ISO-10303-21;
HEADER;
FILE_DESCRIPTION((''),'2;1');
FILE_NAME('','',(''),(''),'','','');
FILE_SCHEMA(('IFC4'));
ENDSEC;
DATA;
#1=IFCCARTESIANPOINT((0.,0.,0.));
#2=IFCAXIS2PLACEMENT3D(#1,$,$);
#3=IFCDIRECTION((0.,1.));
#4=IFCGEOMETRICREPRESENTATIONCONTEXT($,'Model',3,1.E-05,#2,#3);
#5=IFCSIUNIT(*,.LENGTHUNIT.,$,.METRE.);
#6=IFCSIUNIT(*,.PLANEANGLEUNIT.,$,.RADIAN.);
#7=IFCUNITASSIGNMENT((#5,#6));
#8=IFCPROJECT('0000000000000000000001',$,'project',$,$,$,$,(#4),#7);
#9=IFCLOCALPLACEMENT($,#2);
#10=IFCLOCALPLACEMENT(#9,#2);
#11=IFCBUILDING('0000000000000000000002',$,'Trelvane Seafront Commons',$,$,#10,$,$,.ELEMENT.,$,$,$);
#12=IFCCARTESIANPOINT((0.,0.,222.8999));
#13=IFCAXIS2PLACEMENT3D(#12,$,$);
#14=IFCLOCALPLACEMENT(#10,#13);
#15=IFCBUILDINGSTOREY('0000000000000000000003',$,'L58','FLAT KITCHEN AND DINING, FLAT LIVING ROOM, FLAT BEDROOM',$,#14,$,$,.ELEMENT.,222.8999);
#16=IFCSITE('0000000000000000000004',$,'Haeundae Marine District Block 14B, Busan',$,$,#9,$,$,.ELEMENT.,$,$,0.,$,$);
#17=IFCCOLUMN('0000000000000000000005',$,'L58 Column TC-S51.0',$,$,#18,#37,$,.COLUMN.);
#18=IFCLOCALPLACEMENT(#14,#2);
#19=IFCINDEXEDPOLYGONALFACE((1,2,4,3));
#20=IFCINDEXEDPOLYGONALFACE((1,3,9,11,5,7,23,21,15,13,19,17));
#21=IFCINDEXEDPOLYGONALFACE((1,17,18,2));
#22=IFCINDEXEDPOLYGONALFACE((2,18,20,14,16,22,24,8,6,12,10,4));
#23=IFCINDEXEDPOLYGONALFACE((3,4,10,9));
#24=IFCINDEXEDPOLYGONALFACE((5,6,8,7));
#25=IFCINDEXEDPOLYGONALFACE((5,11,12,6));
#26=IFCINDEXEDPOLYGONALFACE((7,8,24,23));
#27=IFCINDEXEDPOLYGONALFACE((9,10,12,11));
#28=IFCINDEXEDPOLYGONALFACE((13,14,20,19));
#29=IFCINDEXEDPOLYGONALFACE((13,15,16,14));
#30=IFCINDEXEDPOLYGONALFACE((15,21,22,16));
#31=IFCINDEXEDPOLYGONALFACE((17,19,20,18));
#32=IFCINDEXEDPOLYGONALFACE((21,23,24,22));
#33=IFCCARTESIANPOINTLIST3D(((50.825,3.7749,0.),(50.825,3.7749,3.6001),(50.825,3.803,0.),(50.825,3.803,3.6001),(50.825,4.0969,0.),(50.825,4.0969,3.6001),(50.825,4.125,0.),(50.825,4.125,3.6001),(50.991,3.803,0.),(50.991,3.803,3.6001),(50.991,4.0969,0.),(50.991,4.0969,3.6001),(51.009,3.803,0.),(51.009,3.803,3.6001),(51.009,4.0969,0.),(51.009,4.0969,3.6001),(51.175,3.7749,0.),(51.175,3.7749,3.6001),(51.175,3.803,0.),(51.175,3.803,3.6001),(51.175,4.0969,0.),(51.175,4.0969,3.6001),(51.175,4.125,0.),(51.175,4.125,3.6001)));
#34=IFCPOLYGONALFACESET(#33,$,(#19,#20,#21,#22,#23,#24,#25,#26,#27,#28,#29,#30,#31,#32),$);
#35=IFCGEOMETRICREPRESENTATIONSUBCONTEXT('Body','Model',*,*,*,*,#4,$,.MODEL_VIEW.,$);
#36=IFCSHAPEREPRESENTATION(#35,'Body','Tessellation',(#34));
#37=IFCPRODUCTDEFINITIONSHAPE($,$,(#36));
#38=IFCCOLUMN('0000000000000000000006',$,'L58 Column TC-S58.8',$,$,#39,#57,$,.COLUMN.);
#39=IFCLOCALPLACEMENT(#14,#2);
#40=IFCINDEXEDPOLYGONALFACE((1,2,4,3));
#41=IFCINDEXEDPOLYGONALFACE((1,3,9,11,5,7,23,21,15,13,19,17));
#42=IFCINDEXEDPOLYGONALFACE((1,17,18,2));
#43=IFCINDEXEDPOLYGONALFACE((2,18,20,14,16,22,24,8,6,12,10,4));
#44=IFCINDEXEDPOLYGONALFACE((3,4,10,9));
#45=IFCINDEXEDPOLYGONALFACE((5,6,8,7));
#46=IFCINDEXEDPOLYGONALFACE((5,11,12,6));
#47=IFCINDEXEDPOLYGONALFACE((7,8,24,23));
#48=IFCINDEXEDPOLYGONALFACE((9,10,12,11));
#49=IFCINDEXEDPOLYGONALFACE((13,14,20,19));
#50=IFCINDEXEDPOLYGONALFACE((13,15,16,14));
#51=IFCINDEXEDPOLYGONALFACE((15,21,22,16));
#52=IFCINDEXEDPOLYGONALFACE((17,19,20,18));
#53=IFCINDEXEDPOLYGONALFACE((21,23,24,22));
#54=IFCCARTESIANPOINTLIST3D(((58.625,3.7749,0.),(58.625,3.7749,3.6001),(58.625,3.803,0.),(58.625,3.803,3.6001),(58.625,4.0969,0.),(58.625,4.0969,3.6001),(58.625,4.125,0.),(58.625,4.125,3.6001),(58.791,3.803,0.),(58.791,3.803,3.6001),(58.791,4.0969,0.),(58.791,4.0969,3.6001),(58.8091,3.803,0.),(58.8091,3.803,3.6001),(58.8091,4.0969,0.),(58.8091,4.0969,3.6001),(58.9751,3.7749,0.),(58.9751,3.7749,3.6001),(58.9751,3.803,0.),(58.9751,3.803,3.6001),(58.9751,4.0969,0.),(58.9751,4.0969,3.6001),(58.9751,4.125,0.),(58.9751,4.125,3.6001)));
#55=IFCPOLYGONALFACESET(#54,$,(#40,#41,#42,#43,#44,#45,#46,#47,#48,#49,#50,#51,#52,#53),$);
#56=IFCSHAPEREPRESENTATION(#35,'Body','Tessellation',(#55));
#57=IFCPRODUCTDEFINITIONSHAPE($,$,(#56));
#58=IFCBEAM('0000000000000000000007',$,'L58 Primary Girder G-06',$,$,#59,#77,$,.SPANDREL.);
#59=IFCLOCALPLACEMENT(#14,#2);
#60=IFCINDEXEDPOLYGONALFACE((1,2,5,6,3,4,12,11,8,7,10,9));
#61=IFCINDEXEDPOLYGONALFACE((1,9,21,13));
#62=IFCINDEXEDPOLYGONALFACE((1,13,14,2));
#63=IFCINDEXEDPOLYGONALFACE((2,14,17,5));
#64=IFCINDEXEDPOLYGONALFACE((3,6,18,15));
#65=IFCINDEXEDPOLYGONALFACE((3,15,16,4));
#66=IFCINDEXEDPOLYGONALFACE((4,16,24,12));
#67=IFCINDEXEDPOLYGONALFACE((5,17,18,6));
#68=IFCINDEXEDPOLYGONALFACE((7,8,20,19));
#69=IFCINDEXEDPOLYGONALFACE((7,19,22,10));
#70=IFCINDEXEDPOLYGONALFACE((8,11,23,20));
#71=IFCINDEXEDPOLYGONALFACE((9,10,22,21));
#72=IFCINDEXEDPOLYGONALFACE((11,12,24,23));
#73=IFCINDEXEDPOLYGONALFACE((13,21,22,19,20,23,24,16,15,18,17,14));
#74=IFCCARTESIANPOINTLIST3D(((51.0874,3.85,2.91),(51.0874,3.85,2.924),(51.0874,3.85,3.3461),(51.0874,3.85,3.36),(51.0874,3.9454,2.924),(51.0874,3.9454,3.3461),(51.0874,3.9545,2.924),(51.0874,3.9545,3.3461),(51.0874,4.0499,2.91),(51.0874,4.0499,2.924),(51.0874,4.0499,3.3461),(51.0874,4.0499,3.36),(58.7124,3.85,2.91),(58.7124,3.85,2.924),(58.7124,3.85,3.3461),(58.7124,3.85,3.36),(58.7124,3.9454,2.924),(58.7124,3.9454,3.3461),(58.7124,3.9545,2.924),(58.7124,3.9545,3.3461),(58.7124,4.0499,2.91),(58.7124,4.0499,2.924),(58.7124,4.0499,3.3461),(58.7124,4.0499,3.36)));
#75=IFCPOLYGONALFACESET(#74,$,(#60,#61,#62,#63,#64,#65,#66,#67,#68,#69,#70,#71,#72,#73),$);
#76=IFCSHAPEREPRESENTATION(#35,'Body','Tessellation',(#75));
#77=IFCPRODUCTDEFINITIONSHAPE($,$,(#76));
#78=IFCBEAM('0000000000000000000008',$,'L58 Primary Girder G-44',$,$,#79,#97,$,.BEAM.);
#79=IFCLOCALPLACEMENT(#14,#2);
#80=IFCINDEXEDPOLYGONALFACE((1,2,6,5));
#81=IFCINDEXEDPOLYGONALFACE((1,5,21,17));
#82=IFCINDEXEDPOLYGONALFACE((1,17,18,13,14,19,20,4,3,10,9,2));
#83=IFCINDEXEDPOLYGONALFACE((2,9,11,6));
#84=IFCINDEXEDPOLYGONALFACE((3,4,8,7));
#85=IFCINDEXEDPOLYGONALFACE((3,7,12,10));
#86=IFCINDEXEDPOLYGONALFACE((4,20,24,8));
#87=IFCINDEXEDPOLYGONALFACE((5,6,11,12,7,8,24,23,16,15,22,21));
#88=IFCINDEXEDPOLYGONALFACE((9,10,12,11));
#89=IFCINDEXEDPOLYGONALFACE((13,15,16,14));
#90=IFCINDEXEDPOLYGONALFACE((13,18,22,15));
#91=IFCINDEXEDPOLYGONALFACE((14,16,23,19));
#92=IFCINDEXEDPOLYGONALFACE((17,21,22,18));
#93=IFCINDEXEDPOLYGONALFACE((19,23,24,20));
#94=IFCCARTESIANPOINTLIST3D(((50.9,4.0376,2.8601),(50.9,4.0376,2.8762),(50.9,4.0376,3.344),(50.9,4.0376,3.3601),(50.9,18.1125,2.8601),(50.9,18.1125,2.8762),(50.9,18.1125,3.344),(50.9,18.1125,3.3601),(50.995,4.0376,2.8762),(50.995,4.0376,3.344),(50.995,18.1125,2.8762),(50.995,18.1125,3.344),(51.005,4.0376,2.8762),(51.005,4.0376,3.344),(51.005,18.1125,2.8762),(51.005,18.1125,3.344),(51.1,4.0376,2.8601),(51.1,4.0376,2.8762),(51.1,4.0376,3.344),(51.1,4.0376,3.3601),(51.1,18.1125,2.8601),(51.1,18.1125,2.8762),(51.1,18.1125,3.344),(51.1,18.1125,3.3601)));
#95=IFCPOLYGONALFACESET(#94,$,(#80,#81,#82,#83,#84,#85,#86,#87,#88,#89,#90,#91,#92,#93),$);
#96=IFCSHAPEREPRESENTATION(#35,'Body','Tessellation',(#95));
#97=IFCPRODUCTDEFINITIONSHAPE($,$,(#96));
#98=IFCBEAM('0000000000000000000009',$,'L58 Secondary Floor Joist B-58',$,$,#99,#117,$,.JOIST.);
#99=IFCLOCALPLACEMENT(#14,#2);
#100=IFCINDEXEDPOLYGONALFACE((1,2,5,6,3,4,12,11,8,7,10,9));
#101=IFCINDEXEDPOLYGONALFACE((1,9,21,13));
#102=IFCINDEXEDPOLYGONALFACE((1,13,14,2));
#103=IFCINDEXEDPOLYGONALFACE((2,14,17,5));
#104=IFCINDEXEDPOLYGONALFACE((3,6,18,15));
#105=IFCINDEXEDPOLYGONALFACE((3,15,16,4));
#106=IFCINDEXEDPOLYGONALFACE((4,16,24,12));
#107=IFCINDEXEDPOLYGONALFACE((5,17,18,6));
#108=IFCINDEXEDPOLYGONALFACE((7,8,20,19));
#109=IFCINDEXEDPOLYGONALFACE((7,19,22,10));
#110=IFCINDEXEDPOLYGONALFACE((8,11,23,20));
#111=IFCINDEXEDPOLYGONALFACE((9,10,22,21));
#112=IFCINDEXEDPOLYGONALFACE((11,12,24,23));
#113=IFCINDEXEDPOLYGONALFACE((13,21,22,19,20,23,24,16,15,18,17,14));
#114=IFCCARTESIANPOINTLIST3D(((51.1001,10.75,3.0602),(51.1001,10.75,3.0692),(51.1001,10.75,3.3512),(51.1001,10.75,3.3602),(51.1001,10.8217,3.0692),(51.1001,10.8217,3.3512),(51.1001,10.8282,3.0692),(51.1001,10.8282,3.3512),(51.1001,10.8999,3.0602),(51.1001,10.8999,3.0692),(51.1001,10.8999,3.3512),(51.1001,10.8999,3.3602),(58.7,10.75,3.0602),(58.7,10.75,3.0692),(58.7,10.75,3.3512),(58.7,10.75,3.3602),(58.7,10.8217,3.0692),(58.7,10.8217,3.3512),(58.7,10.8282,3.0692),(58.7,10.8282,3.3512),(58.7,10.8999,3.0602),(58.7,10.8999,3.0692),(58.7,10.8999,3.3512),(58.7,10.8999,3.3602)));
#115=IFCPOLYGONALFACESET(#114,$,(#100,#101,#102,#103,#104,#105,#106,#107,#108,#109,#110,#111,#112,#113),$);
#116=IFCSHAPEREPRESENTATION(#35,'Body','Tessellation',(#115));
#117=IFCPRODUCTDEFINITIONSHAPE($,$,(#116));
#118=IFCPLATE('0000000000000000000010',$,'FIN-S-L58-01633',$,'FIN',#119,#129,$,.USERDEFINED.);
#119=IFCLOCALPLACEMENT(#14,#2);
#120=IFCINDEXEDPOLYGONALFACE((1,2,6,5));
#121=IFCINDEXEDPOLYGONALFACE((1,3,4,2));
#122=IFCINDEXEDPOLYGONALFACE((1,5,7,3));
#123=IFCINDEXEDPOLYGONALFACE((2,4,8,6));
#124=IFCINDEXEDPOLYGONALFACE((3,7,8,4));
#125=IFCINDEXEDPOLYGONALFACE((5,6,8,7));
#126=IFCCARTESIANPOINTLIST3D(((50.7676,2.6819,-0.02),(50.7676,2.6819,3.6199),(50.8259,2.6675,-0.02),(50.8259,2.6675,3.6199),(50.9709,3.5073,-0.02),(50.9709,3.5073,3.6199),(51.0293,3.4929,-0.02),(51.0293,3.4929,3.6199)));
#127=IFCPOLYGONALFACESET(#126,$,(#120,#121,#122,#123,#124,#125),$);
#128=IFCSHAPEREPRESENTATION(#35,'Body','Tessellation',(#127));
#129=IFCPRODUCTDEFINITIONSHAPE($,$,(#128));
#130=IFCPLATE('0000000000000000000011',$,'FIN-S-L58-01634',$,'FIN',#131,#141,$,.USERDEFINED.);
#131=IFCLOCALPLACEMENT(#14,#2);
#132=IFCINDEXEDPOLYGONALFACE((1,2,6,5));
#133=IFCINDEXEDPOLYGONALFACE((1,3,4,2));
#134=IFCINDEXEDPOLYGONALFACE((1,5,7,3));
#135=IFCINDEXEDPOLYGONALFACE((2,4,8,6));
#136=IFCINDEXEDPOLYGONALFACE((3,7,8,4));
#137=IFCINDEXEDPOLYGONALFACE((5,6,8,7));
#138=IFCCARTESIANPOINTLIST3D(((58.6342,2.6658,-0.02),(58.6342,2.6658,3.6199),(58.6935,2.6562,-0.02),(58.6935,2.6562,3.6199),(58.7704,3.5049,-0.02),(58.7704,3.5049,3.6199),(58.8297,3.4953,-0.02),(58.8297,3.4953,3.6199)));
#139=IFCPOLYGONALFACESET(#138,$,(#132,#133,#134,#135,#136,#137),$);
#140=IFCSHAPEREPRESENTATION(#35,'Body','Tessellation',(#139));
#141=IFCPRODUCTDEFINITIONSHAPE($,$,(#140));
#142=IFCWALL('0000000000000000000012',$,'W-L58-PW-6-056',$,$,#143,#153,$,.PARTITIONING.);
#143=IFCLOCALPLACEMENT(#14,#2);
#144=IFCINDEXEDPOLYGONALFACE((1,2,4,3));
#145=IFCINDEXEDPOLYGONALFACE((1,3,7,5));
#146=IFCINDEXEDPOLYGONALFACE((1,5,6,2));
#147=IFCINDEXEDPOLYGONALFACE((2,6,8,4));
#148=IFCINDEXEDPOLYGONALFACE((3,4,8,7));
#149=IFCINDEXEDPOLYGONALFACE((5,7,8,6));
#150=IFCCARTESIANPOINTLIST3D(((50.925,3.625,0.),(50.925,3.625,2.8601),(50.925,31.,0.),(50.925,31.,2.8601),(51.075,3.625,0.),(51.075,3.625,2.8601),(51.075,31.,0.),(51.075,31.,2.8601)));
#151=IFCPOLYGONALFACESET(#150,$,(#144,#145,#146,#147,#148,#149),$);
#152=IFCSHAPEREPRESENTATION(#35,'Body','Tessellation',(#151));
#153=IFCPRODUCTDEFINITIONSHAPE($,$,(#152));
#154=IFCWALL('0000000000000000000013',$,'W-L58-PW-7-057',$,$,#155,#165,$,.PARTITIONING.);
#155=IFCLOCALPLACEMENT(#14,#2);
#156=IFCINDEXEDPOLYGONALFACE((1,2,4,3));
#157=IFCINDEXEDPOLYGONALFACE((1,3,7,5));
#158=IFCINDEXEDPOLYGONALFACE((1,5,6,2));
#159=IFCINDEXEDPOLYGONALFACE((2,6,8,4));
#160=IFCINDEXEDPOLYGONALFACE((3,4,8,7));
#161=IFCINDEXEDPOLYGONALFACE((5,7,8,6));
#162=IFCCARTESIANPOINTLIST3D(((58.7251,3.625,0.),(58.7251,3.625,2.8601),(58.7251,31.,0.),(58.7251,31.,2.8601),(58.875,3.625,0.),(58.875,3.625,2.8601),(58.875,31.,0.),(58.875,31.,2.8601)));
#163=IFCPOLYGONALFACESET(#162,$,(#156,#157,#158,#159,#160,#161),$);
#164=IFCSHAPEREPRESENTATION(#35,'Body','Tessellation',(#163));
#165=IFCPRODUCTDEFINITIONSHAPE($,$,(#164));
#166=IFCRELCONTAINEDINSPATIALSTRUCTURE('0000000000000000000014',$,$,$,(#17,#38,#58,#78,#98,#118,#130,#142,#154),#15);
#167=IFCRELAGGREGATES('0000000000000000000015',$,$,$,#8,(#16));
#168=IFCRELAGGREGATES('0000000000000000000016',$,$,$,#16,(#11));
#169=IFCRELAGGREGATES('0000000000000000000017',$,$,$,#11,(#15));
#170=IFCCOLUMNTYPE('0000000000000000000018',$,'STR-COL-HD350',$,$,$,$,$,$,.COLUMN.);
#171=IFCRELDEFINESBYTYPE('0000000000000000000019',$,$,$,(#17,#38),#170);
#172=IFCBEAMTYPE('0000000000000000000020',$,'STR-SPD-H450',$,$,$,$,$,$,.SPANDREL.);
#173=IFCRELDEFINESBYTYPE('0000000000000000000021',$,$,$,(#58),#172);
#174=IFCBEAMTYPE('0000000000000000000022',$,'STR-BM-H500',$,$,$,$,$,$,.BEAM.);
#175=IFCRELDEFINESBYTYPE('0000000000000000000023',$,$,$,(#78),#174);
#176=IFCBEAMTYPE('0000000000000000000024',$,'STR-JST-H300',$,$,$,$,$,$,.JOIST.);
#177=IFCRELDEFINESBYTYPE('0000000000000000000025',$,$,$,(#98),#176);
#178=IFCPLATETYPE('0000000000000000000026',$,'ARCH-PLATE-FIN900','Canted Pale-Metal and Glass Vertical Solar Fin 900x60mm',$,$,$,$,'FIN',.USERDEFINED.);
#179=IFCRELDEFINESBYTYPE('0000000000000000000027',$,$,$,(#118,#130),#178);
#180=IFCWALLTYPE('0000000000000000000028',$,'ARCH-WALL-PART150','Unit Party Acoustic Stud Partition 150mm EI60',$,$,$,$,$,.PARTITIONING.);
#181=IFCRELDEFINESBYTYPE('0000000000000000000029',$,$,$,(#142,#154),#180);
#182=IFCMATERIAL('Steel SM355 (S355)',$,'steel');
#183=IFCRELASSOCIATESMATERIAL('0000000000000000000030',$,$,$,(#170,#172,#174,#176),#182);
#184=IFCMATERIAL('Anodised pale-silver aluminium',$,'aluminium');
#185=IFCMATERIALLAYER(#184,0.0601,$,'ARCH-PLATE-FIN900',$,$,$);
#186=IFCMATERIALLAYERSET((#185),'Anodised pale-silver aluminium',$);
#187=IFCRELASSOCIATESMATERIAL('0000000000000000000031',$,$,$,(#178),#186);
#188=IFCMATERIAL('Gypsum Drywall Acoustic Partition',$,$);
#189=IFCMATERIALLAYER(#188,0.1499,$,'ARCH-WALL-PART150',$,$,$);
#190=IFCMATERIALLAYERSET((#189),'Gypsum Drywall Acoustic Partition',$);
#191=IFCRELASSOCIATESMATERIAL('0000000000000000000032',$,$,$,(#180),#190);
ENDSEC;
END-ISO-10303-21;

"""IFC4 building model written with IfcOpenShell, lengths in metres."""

from ifc_helpers import new_model, si_unit, direction, frame, frame_2d, origin, origin_2d, place, context, subcontext, project, spatial, rectangle, i_section, extrude, source, transform, mapped, material, layer, layer_set, material_profile, profile_set, type_object, element, save


model = new_model("IFC4")

# Units and contexts
model_context = context("Model", 3, precision=1e-05, world=origin(), true_north=direction((0.0, 1.0)))
body_context = subcontext(model_context, "Body", "Model", "MODEL_VIEW")
ifc_project = project(units=[si_unit("LENGTHUNIT", "METRE"), si_unit("PLANEANGLEUNIT", "RADIAN")], contexts=[model_context])

# Site, building, storey
site_placement = place(None, origin())
site = spatial("IfcSite", under=ifc_project, at=site_placement, Name="Haeundae Marine District Block 14B, Busan", CompositionType="ELEMENT", RefElevation=0.0)
building_placement = place(site_placement, origin())
building = spatial("IfcBuilding", under=site, at=building_placement, Name="Trelvane Seafront Commons", CompositionType="ELEMENT")
storey_placement = place(building_placement, frame((0.0, 0.0, 222.8999)))
storey = spatial("IfcBuildingStorey", under=building, at=storey_placement, Name="L58", Description="FLAT KITCHEN AND DINING, FLAT LIVING ROOM, FLAT BEDROOM", CompositionType="ELEMENT", Elevation=222.8999)

# Columns
ifc_material_1 = material(Name="Steel SM355 (S355)", Category="steel")
ifc_material_profile_1 = material_profile(ifc_material_1, i_section(OverallWidth=0.3501, OverallDepth=0.3501, WebThickness=0.0181, FlangeThickness=0.0281, at=origin_2d()), Name="HD-350x350x18x28")
ifc_profile_set_1 = profile_set([ifc_material_profile_1], Name="Steel SM355 (S355)")
column_type = type_object("IfcColumnType", Name="STR-COL-HD350", PredefinedType="COLUMN", material=ifc_profile_set_1)
shared_shape_1 = source(origin(), body_context, "Body", "SweptSolid", [
    extrude(i_section(OverallWidth=0.3501, OverallDepth=0.3501, WebThickness=0.0181, FlangeThickness=0.0281, at=origin_2d()), origin(), (0.0, 0.0, 1.0), 3.6001),
])
for number, where, z_axis, x_axis, name in (
    (1, (51.0, 3.95, 0.0), (0.0, 0.0, 1.0), (1.0, 0.0, 0.0), "L58 Column TC-S51.0"),
    (2, (58.8, 3.95, 0.0), (0.0, 0.0, 1.0), (1.0, 0.0, 0.0), "L58 Column TC-S58.8"),
):
    element("IfcColumn", number, at=place(storey_placement, frame(where, z_axis=z_axis, x_axis=x_axis)), inside=storey, type_object=column_type, Name=name, PredefinedType="COLUMN", context=body_context, shape_type="MappedRepresentation", body=[
        mapped(shared_shape_1, transform((0.0, 0.0, 0.0), x_axis=(1.0, 0.0, 0.0), y_axis=(0.0, 1.0, 0.0), z_axis=(0.0, 0.0, 1.0), scale=1.0)),
    ])

# Beams
ifc_material_profile_2 = material_profile(ifc_material_1, i_section(OverallWidth=0.2, OverallDepth=0.45, WebThickness=0.009, FlangeThickness=0.0139, at=origin_2d()), Name="H-450x200x9x14")
ifc_profile_set_2 = profile_set([ifc_material_profile_2], Name="Steel SM355 (S355)")
beam_type_1 = type_object("IfcBeamType", Name="STR-SPD-H450", PredefinedType="SPANDREL", material=ifc_profile_set_2)
shared_shape_2 = source(origin(), body_context, "Body", "SweptSolid", [
    extrude(i_section(OverallWidth=0.2, OverallDepth=0.45, WebThickness=0.009, FlangeThickness=0.0139, at=origin_2d()), origin(), (0.0, 0.0, 1.0), 7.625),
])
beam_1_placement = place(storey_placement, frame((51.0874, 3.95, 3.135), z_axis=(1.0, 0.0, 0.0), x_axis=(0.0, 1.0, 0.0)))
element("IfcBeam", 3, at=beam_1_placement, inside=storey, type_object=beam_type_1, Name="L58 Primary Girder G-06", PredefinedType="SPANDREL", context=body_context, shape_type="MappedRepresentation", body=[
    mapped(shared_shape_2, transform((0.0, 0.0, 0.0), x_axis=(1.0, 0.0, 0.0), y_axis=(0.0, 1.0, 0.0), z_axis=(0.0, 0.0, 1.0), scale=1.0)),
])
ifc_material_profile_3 = material_profile(ifc_material_1, i_section(OverallWidth=0.2, OverallDepth=0.5, WebThickness=0.01, FlangeThickness=0.0161, at=origin_2d()), Name="H-500x200x10x16")
ifc_profile_set_3 = profile_set([ifc_material_profile_3], Name="Steel SM355 (S355)")
beam_type_2 = type_object("IfcBeamType", Name="STR-BM-H500", PredefinedType="BEAM", material=ifc_profile_set_3)
shared_shape_3 = source(origin(), body_context, "Body", "SweptSolid", [
    extrude(i_section(OverallWidth=0.2, OverallDepth=0.5, WebThickness=0.01, FlangeThickness=0.0161, at=origin_2d()), origin(), (0.0, 0.0, 1.0), 14.075),
])
beam_2_placement = place(storey_placement, frame((51.0, 4.0376, 3.1101), z_axis=(0.0, 1.0, 0.0), x_axis=(-1.0, 0.0, 0.0)))
element("IfcBeam", 4, at=beam_2_placement, inside=storey, type_object=beam_type_2, Name="L58 Primary Girder G-44", PredefinedType="BEAM", context=body_context, shape_type="MappedRepresentation", body=[
    mapped(shared_shape_3, transform((0.0, 0.0, 0.0), x_axis=(1.0, 0.0, 0.0), y_axis=(0.0, 1.0, 0.0), z_axis=(0.0, 0.0, 1.0), scale=1.0)),
])
ifc_material_profile_4 = material_profile(ifc_material_1, i_section(OverallWidth=0.1499, OverallDepth=0.3, WebThickness=0.0066, FlangeThickness=0.009, at=origin_2d()), Name="H-300x150x6.5x9")
ifc_profile_set_4 = profile_set([ifc_material_profile_4], Name="Steel SM355 (S355)")
beam_type_3 = type_object("IfcBeamType", Name="STR-JST-H300", PredefinedType="JOIST", material=ifc_profile_set_4)
shared_shape_4 = source(origin(), body_context, "Body", "SweptSolid", [
    extrude(i_section(OverallWidth=0.1499, OverallDepth=0.3, WebThickness=0.0066, FlangeThickness=0.009, at=origin_2d()), origin(), (0.0, 0.0, 1.0), 7.5999),
])
beam_3_placement = place(storey_placement, frame((51.1001, 10.825, 3.2102), z_axis=(1.0, 0.0, 0.0), x_axis=(0.0, 1.0, 0.0)))
element("IfcBeam", 5, at=beam_3_placement, inside=storey, type_object=beam_type_3, Name="L58 Secondary Floor Joist B-58", PredefinedType="JOIST", context=body_context, shape_type="MappedRepresentation", body=[
    mapped(shared_shape_4, transform((0.0, 0.0, 0.0), x_axis=(1.0, 0.0, 0.0), y_axis=(0.0, 1.0, 0.0), z_axis=(0.0, 0.0, 1.0), scale=1.0)),
])

# Plates
ifc_material_2 = material(Name="Anodised pale-silver aluminium", Category="aluminium")
ifc_layer_1 = layer(ifc_material_2, 0.0601, Name="ARCH-PLATE-FIN900")
ifc_layer_set_1 = layer_set([ifc_layer_1], Name="Anodised pale-silver aluminium")
plate_type = type_object("IfcPlateType", Name="ARCH-PLATE-FIN900", Description="Canted Pale-Metal and Glass Vertical Solar Fin 900x60mm", ElementType="FIN", PredefinedType="USERDEFINED", material=ifc_layer_set_1)
shared_shape_5 = source(origin(), body_context, "Body", "SweptSolid", [
    extrude(rectangle(XDim=0.8501, YDim=0.0601, at=origin_2d()), origin(), (0.0, 0.0, 1.0), 3.6399),
])
for number, where, z_axis, x_axis, name in (
    (6, (50.8984, 3.0874, -0.02), (0.0, 0.0, 1.0), (-0.239184, -0.970974, 0.0), "FIN-S-L58-01633"),
    (7, (58.7319, 3.0806, -0.02), (0.0, 0.0, 1.0), (-0.160238, -0.987078, 0.0), "FIN-S-L58-01634"),
):
    element("IfcPlate", number, at=place(storey_placement, frame(where, z_axis=z_axis, x_axis=x_axis)), inside=storey, type_object=plate_type, Name=name, ObjectType="FIN", PredefinedType="USERDEFINED", context=body_context, shape_type="MappedRepresentation", body=[
        mapped(shared_shape_5, transform((0.0, 0.0, 0.0), x_axis=(1.0, 0.0, 0.0), y_axis=(0.0, 1.0, 0.0), z_axis=(0.0, 0.0, 1.0), scale=1.0)),
    ])

# Shared definitions
ifc_material_3 = material(Name="Gypsum Drywall Acoustic Partition")

# Walls
ifc_layer_2 = layer(ifc_material_3, 0.1499, Name="ARCH-WALL-PART150")
ifc_layer_set_2 = layer_set([ifc_layer_2], Name="Gypsum Drywall Acoustic Partition")
wall_type_1 = type_object("IfcWallType", Name="ARCH-WALL-PART150", Description="Unit Party Acoustic Stud Partition 150mm EI60", PredefinedType="PARTITIONING", material=ifc_layer_set_2)
for number, where, z_axis, x_axis, name in (
    (8, (51.0, 3.625, 0.0), (0.0, 0.0, 1.0), (0.0, 1.0, 0.0), "W-L58-PW-6-056"),
    (9, (58.8, 3.625, 0.0), (0.0, 0.0, 1.0), (0.0, 1.0, 0.0), "W-L58-PW-7-057"),
):
    element("IfcWall", number, at=place(storey_placement, frame(where, z_axis=z_axis, x_axis=x_axis)), inside=storey, type_object=wall_type_1, Name=name, PredefinedType="PARTITIONING", context=body_context, shape_type="SweptSolid", body=[
        extrude(rectangle(XDim=27.375, YDim=0.1499, at=frame_2d((13.6875, 0.0))), origin(), (0.0, 0.0, 1.0), 2.8601),
    ])

save(model, "model.ifc")
